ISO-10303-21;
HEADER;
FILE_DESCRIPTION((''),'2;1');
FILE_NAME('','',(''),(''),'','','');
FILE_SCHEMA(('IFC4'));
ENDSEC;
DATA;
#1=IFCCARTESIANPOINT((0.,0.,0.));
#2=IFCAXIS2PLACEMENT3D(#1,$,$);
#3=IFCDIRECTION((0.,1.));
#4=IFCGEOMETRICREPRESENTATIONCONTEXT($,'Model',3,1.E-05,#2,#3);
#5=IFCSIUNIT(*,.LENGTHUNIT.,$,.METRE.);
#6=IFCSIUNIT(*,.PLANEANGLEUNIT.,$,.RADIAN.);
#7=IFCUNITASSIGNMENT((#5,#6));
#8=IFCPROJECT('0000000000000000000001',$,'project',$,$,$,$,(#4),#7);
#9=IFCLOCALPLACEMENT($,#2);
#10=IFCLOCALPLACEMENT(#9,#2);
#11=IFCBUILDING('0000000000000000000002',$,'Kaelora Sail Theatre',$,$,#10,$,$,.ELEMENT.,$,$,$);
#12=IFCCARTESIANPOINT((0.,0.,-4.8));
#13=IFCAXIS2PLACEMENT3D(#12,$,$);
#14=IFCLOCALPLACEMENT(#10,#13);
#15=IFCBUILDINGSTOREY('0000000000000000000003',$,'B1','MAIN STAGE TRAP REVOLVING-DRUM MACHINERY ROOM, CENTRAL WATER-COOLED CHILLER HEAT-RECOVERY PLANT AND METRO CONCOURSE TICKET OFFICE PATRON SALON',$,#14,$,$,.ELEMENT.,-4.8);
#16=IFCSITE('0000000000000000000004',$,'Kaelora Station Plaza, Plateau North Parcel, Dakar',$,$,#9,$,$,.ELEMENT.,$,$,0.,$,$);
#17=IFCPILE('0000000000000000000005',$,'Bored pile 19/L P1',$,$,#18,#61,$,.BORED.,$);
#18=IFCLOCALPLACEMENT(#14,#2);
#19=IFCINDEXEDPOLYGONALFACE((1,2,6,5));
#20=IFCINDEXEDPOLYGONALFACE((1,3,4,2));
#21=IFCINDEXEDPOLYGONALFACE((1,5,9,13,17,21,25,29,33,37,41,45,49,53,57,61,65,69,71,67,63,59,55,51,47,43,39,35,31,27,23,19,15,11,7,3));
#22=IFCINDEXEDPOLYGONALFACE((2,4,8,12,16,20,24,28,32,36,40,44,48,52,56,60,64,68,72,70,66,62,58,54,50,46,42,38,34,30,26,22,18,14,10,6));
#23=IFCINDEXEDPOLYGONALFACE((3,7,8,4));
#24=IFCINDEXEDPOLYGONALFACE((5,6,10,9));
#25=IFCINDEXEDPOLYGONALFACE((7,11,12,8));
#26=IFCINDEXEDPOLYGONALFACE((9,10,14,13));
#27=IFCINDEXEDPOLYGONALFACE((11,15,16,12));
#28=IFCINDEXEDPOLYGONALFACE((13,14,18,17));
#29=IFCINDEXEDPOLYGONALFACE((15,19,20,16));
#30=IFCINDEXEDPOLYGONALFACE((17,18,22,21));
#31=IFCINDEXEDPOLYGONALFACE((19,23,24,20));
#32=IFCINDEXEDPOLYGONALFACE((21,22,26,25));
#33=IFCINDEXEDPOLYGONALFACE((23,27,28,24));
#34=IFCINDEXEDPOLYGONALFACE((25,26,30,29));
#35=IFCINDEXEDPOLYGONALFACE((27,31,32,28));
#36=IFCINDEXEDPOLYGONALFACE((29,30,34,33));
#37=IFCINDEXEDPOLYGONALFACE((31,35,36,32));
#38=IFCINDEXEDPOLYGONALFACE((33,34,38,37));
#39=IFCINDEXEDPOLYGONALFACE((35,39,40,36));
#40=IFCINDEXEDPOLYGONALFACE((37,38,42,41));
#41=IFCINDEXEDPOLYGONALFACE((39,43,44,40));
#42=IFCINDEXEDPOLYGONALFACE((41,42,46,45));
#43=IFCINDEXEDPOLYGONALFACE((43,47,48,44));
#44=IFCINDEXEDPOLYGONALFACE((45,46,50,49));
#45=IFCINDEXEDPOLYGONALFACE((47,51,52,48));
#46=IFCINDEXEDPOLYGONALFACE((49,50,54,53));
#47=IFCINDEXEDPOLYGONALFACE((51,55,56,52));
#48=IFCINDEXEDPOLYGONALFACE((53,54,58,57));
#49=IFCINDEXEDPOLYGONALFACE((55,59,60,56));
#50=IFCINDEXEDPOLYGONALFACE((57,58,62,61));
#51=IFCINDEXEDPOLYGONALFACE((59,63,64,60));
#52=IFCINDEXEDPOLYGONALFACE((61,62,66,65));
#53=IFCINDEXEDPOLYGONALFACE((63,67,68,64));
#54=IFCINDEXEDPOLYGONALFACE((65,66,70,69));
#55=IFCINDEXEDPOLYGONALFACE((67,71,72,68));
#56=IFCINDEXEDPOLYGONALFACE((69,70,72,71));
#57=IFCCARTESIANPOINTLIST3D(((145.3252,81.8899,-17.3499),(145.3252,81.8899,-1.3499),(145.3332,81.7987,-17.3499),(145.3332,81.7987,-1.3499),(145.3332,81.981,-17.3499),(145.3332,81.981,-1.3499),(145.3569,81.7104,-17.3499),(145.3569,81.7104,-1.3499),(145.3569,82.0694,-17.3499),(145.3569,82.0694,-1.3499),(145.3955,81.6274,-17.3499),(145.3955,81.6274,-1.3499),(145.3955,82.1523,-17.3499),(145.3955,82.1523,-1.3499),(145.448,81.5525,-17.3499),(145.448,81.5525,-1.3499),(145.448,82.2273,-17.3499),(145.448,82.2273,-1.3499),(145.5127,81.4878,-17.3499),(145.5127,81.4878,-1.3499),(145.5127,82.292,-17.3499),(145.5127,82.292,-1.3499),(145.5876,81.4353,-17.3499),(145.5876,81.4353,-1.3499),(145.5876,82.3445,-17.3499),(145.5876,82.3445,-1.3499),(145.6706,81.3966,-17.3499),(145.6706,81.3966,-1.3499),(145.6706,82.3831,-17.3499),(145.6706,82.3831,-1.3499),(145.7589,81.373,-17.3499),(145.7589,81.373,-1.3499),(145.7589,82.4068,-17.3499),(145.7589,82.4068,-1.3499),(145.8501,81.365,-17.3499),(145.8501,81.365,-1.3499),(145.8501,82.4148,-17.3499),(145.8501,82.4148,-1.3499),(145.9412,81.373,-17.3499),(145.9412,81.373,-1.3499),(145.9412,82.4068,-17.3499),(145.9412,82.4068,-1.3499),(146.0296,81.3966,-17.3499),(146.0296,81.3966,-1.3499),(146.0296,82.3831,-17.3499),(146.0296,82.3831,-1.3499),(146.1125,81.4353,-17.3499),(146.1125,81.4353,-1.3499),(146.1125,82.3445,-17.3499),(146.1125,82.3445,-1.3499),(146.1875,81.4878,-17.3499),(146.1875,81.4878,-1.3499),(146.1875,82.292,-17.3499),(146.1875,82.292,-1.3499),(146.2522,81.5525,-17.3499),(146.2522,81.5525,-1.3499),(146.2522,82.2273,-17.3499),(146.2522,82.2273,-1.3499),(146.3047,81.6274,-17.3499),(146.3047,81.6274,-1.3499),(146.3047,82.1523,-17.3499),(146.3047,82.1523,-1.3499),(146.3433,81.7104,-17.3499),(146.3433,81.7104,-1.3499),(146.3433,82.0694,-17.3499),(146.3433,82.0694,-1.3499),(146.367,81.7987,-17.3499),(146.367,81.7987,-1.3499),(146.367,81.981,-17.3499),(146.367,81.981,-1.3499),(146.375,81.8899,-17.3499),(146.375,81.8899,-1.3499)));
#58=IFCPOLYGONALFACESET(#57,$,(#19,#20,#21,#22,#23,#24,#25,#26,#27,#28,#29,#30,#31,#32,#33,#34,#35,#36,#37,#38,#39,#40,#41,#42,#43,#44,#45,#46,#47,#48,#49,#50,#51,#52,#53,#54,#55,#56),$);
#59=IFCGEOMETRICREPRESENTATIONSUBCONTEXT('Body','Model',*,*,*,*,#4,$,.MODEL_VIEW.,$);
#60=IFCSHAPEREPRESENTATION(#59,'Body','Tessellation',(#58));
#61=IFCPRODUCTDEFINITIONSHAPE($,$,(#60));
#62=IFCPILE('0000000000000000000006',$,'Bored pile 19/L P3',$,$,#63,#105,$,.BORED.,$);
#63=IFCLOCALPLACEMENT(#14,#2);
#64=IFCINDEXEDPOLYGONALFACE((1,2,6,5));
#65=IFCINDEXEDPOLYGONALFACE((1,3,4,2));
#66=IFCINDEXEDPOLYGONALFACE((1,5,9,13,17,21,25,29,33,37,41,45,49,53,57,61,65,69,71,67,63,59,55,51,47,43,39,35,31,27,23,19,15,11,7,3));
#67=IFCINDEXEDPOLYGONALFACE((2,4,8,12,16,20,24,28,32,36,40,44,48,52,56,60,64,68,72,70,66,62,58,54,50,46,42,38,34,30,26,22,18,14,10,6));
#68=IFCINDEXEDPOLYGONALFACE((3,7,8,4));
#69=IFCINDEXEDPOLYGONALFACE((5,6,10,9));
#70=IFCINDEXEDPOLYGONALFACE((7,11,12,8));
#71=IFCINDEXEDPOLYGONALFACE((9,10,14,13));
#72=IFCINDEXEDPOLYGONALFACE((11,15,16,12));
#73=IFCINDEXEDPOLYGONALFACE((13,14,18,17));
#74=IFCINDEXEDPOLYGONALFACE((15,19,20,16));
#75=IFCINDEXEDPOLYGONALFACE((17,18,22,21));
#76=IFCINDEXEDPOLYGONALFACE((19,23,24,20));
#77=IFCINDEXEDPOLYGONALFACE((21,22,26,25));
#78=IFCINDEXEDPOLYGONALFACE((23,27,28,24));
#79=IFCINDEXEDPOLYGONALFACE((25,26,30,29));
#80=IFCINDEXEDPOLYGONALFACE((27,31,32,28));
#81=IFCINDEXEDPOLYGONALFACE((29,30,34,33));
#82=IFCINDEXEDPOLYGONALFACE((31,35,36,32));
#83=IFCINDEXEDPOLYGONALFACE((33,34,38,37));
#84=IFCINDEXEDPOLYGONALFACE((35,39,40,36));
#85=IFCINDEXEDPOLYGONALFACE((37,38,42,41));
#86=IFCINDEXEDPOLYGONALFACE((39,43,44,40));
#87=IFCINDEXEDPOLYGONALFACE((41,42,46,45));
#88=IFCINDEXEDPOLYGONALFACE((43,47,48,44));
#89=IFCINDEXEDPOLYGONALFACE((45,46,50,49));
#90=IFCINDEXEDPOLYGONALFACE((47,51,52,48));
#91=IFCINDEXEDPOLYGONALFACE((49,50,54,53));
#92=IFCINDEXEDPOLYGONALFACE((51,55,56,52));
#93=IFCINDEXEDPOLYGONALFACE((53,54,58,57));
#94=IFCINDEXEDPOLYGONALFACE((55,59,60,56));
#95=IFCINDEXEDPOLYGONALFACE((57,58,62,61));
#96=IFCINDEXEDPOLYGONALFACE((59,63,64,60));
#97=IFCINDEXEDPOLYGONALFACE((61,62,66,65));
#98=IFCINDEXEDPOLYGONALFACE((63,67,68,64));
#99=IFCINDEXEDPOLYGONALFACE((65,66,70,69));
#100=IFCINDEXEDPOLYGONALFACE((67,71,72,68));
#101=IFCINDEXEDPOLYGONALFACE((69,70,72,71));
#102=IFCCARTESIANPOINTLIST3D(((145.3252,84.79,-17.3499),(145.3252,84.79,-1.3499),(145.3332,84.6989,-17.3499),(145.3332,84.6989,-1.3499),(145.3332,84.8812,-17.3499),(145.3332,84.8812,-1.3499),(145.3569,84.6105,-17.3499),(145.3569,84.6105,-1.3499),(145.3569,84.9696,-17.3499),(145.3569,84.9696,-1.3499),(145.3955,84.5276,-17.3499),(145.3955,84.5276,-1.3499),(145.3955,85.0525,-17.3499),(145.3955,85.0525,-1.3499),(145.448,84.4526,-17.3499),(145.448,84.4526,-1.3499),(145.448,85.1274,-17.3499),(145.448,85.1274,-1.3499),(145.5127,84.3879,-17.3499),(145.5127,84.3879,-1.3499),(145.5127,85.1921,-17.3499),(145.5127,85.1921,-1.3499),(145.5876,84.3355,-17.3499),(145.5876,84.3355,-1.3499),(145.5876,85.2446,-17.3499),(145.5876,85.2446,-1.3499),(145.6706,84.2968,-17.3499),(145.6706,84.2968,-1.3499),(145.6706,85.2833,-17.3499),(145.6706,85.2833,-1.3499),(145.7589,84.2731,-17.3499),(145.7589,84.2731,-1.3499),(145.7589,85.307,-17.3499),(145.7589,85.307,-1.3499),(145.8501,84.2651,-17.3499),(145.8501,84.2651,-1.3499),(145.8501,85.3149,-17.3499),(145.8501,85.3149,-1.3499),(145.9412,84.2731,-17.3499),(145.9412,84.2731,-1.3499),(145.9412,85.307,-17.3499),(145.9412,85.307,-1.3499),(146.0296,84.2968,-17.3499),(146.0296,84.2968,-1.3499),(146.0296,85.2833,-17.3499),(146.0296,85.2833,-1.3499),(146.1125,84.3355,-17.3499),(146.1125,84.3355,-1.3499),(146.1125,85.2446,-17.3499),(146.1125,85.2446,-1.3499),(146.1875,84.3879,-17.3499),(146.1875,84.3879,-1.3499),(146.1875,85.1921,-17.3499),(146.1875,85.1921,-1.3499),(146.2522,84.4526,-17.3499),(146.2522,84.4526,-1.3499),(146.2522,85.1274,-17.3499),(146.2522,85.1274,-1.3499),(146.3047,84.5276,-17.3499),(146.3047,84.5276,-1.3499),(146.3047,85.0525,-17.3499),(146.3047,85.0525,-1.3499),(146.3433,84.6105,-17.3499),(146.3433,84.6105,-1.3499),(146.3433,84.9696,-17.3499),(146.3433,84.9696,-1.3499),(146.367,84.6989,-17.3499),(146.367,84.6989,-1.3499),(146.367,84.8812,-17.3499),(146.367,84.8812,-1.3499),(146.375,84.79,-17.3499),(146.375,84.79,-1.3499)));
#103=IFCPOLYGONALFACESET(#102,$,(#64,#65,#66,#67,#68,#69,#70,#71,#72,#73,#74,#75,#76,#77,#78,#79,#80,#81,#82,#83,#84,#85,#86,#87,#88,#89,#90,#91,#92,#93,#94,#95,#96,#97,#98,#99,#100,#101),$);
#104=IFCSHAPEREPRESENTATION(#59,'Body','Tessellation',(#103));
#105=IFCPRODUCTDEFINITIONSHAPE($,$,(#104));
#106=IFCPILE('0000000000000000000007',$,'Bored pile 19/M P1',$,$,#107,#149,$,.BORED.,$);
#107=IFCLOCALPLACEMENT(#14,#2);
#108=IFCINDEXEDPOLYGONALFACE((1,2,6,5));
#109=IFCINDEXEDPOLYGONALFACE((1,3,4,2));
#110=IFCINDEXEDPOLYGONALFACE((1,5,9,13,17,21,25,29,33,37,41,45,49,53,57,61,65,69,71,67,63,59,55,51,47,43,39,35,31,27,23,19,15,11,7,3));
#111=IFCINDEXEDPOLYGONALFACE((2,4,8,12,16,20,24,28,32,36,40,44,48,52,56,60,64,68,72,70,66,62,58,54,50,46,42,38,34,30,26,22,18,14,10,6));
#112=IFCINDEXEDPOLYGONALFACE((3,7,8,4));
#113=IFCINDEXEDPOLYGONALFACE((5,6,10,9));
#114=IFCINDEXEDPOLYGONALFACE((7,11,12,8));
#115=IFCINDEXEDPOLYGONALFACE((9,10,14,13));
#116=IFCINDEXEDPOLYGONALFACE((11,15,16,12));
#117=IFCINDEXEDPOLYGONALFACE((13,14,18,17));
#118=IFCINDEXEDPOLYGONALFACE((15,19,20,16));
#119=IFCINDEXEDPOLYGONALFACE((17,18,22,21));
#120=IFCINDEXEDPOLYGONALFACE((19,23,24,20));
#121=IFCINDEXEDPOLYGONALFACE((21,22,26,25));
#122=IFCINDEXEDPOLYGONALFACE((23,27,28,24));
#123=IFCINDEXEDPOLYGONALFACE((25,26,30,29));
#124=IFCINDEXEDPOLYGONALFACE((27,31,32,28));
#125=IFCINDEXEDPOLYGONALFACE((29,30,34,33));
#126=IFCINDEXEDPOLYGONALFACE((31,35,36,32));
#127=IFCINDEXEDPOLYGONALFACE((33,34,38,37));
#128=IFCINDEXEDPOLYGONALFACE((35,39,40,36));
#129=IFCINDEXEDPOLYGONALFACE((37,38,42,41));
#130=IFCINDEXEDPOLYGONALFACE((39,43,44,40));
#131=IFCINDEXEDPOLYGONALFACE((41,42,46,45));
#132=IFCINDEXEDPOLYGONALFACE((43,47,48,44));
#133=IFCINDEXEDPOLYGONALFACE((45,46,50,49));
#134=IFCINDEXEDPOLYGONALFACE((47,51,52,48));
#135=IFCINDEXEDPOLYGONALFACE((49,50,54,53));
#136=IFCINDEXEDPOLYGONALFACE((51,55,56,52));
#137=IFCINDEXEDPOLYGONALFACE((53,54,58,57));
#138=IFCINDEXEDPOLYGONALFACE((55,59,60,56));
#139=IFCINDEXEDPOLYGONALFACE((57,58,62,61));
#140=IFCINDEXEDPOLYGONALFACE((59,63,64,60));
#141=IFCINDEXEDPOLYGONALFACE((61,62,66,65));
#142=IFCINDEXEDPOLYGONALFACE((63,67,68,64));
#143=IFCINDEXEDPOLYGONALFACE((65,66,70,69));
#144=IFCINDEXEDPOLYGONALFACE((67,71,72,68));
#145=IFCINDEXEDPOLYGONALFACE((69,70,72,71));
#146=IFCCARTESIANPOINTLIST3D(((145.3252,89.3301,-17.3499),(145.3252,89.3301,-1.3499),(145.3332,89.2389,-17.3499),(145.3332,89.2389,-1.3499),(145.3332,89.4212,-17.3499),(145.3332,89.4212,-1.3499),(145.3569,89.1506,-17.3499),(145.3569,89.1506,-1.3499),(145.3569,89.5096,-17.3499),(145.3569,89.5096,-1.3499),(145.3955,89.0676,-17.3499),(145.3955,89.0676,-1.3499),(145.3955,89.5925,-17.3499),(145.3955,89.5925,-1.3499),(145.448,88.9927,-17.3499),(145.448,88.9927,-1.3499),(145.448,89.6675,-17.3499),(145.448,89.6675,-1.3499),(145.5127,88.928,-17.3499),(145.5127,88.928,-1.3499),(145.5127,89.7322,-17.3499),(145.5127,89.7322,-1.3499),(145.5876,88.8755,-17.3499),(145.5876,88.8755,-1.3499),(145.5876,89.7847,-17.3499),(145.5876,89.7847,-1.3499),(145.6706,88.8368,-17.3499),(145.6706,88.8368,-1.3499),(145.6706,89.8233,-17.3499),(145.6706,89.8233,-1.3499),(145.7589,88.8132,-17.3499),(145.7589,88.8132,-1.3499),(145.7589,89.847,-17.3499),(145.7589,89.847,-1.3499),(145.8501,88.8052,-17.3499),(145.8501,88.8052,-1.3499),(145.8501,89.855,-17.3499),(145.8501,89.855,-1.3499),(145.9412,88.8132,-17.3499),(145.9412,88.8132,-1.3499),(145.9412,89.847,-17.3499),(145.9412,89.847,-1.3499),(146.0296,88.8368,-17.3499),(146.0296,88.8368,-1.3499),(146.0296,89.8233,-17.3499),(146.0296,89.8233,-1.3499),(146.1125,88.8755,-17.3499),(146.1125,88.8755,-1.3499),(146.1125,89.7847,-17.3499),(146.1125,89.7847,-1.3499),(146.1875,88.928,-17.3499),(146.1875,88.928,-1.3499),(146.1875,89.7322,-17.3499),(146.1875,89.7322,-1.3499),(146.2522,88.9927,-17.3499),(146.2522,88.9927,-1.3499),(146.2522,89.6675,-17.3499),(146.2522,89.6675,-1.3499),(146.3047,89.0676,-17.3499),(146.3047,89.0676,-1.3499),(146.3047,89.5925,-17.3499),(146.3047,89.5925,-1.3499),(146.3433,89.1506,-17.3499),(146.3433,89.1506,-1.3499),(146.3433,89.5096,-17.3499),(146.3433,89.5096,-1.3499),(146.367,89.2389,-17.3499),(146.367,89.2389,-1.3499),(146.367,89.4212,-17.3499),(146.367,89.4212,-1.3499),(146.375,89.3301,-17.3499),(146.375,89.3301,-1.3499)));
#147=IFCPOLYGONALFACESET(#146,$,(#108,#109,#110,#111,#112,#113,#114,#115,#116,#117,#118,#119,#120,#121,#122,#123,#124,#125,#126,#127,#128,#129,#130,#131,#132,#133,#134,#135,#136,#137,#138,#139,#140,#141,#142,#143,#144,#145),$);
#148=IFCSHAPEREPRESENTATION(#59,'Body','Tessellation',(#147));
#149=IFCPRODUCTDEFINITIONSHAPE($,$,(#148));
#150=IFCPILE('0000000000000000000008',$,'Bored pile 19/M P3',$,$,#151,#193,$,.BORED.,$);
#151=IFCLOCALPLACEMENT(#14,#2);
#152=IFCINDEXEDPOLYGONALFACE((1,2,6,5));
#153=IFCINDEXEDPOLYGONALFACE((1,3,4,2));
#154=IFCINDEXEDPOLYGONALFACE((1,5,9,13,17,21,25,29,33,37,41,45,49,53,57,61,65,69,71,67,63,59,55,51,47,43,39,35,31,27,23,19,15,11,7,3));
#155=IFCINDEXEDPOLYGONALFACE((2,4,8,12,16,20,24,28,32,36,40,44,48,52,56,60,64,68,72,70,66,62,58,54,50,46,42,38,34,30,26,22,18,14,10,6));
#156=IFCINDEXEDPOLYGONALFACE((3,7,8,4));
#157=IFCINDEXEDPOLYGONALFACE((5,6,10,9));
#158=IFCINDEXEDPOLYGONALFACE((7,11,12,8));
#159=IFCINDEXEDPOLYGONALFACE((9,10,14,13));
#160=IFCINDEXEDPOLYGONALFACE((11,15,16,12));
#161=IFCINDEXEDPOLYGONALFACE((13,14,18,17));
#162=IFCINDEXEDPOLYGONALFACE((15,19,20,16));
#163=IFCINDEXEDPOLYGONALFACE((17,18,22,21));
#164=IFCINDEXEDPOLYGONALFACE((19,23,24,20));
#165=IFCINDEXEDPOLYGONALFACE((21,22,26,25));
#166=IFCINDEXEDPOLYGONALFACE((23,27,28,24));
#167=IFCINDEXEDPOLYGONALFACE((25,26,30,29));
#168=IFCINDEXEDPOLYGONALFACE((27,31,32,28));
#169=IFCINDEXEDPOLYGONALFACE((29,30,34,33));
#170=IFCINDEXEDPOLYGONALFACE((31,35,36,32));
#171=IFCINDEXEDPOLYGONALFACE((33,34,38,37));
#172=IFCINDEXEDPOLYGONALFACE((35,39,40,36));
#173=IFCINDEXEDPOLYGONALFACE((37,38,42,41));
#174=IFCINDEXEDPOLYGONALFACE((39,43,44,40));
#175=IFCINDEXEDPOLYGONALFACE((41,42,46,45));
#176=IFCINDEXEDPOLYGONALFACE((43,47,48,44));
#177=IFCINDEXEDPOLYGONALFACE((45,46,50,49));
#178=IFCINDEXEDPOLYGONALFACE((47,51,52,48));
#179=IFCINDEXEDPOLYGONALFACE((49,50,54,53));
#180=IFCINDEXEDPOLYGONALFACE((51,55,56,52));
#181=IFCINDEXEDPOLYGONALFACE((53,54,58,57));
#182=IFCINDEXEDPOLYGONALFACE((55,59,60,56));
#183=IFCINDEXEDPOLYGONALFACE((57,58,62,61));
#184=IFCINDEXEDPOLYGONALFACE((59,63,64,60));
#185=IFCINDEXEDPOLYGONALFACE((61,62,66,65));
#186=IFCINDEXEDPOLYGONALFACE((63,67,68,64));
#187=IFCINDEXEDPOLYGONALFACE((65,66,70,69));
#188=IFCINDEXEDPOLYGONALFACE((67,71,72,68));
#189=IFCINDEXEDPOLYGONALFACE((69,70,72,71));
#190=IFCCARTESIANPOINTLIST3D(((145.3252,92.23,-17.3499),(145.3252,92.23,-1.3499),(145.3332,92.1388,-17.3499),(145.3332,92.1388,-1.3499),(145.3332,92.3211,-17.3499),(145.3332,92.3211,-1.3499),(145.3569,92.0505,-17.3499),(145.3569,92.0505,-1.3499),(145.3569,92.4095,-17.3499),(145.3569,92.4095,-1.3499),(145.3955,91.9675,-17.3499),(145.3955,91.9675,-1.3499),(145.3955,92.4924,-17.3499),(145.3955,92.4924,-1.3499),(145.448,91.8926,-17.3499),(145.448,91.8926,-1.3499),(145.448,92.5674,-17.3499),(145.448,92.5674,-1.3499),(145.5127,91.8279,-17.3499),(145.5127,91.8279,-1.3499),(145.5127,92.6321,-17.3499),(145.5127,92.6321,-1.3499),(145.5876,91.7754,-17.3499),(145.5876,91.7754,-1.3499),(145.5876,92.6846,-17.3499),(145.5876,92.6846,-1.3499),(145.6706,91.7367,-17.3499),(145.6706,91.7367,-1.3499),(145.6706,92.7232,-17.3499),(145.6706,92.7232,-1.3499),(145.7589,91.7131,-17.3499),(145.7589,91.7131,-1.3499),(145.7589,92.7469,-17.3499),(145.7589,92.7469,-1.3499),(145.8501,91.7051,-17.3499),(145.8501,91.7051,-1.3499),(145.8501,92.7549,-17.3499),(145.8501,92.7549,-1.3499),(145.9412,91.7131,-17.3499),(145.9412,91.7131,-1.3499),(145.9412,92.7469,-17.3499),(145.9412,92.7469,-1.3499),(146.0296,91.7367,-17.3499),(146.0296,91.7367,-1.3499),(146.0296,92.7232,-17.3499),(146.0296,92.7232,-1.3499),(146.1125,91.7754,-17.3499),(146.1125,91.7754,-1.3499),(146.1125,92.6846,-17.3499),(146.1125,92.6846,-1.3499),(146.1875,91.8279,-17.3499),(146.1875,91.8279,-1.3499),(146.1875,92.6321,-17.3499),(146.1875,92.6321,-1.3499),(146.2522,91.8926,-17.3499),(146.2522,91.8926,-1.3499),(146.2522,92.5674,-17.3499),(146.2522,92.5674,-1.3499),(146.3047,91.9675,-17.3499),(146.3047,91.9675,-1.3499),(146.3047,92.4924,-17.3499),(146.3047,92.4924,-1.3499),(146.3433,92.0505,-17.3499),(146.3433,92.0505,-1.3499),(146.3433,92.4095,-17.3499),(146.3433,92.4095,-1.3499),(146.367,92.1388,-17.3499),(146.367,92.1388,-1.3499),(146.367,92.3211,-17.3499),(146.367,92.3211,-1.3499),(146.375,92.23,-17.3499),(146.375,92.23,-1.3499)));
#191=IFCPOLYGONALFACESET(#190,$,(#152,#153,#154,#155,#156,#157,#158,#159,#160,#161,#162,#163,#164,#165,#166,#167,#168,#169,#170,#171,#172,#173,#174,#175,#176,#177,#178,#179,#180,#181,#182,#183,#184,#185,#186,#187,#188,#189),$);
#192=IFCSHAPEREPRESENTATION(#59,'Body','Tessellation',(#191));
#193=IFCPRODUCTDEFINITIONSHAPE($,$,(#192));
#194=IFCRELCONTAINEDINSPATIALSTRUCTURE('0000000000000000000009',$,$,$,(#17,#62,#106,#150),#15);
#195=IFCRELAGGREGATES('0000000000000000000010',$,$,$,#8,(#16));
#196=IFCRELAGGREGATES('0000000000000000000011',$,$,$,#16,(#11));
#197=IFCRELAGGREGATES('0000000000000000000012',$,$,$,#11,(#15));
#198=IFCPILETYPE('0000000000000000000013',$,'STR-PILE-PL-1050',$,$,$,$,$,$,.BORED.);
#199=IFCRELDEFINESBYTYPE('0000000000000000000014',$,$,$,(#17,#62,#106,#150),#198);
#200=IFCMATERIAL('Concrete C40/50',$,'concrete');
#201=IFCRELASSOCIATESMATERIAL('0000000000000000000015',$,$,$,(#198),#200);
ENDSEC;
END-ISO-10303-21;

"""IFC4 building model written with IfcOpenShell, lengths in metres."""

from ifc_helpers import new_model, si_unit, direction, frame, origin, origin_2d, place, context, subcontext, project, spatial, circle, extrude, material, material_profile, profile_set, type_object, element, save


model = new_model("IFC4")

# Units and contexts
model_context = context("Model", 3, precision=1e-05, world=origin(), true_north=direction((0.0, 1.0)))
body_context = subcontext(model_context, "Body", "Model", "MODEL_VIEW")
ifc_project = project(units=[si_unit("LENGTHUNIT", "METRE"), si_unit("PLANEANGLEUNIT", "RADIAN")], contexts=[model_context])

# Site, building, storey
site_placement = place(None, origin())
site = spatial("IfcSite", under=ifc_project, at=site_placement, Name="Kaelora Station Plaza, Plateau North Parcel, Dakar", CompositionType="ELEMENT", RefElevation=0.0)
building_placement = place(site_placement, origin())
building = spatial("IfcBuilding", under=site, at=building_placement, Name="Kaelora Sail Theatre", CompositionType="ELEMENT")
storey_placement = place(building_placement, frame((0.0, 0.0, -4.8)))
storey = spatial("IfcBuildingStorey", under=building, at=storey_placement, Name="B1", Description="MAIN STAGE TRAP REVOLVING-DRUM MACHINERY ROOM, CENTRAL WATER-COOLED CHILLER HEAT-RECOVERY PLANT AND METRO CONCOURSE TICKET OFFICE PATRON SALON", CompositionType="ELEMENT", Elevation=-4.8)

# Piles
ifc_material_1 = material(Name="Concrete C40/50", Category="concrete")
ifc_material_profile_1 = material_profile(ifc_material_1, circle(Radius=0.5249, at=origin_2d()), Name="PILE D1050")
ifc_profile_set_1 = profile_set([ifc_material_profile_1], Name="Concrete C40/50")
pile_type_1 = type_object("IfcPileType", Name="STR-PILE-PL-1050", PredefinedType="BORED", material=ifc_profile_set_1)
for number, where, z_axis, x_axis, name in (
    (1, (145.8501, 81.8899, -1.3499), (0.0, 0.0, -1.0), (1.0, 0.0, 0.0), "Bored pile 19/L P1"),
    (2, (145.8501, 84.79, -1.3499), (0.0, 0.0, -1.0), (1.0, 0.0, 0.0), "Bored pile 19/L P3"),
    (3, (145.8501, 89.3301, -1.3499), (0.0, 0.0, -1.0), (1.0, 0.0, 0.0), "Bored pile 19/M P1"),
    (4, (145.8501, 92.23, -1.3499), (0.0, 0.0, -1.0), (1.0, 0.0, 0.0), "Bored pile 19/M P3"),
):
    element("IfcPile", number, at=place(storey_placement, frame(where, z_axis=z_axis, x_axis=x_axis)), inside=storey, type_object=pile_type_1, Name=name, PredefinedType="BORED", context=body_context, shape_type="SweptSolid", body=[
        extrude(circle(Radius=0.5249, at=origin_2d()), origin(), (0.0, 0.0, 1.0), 16.0),
    ])

save(model, "model.ifc")
